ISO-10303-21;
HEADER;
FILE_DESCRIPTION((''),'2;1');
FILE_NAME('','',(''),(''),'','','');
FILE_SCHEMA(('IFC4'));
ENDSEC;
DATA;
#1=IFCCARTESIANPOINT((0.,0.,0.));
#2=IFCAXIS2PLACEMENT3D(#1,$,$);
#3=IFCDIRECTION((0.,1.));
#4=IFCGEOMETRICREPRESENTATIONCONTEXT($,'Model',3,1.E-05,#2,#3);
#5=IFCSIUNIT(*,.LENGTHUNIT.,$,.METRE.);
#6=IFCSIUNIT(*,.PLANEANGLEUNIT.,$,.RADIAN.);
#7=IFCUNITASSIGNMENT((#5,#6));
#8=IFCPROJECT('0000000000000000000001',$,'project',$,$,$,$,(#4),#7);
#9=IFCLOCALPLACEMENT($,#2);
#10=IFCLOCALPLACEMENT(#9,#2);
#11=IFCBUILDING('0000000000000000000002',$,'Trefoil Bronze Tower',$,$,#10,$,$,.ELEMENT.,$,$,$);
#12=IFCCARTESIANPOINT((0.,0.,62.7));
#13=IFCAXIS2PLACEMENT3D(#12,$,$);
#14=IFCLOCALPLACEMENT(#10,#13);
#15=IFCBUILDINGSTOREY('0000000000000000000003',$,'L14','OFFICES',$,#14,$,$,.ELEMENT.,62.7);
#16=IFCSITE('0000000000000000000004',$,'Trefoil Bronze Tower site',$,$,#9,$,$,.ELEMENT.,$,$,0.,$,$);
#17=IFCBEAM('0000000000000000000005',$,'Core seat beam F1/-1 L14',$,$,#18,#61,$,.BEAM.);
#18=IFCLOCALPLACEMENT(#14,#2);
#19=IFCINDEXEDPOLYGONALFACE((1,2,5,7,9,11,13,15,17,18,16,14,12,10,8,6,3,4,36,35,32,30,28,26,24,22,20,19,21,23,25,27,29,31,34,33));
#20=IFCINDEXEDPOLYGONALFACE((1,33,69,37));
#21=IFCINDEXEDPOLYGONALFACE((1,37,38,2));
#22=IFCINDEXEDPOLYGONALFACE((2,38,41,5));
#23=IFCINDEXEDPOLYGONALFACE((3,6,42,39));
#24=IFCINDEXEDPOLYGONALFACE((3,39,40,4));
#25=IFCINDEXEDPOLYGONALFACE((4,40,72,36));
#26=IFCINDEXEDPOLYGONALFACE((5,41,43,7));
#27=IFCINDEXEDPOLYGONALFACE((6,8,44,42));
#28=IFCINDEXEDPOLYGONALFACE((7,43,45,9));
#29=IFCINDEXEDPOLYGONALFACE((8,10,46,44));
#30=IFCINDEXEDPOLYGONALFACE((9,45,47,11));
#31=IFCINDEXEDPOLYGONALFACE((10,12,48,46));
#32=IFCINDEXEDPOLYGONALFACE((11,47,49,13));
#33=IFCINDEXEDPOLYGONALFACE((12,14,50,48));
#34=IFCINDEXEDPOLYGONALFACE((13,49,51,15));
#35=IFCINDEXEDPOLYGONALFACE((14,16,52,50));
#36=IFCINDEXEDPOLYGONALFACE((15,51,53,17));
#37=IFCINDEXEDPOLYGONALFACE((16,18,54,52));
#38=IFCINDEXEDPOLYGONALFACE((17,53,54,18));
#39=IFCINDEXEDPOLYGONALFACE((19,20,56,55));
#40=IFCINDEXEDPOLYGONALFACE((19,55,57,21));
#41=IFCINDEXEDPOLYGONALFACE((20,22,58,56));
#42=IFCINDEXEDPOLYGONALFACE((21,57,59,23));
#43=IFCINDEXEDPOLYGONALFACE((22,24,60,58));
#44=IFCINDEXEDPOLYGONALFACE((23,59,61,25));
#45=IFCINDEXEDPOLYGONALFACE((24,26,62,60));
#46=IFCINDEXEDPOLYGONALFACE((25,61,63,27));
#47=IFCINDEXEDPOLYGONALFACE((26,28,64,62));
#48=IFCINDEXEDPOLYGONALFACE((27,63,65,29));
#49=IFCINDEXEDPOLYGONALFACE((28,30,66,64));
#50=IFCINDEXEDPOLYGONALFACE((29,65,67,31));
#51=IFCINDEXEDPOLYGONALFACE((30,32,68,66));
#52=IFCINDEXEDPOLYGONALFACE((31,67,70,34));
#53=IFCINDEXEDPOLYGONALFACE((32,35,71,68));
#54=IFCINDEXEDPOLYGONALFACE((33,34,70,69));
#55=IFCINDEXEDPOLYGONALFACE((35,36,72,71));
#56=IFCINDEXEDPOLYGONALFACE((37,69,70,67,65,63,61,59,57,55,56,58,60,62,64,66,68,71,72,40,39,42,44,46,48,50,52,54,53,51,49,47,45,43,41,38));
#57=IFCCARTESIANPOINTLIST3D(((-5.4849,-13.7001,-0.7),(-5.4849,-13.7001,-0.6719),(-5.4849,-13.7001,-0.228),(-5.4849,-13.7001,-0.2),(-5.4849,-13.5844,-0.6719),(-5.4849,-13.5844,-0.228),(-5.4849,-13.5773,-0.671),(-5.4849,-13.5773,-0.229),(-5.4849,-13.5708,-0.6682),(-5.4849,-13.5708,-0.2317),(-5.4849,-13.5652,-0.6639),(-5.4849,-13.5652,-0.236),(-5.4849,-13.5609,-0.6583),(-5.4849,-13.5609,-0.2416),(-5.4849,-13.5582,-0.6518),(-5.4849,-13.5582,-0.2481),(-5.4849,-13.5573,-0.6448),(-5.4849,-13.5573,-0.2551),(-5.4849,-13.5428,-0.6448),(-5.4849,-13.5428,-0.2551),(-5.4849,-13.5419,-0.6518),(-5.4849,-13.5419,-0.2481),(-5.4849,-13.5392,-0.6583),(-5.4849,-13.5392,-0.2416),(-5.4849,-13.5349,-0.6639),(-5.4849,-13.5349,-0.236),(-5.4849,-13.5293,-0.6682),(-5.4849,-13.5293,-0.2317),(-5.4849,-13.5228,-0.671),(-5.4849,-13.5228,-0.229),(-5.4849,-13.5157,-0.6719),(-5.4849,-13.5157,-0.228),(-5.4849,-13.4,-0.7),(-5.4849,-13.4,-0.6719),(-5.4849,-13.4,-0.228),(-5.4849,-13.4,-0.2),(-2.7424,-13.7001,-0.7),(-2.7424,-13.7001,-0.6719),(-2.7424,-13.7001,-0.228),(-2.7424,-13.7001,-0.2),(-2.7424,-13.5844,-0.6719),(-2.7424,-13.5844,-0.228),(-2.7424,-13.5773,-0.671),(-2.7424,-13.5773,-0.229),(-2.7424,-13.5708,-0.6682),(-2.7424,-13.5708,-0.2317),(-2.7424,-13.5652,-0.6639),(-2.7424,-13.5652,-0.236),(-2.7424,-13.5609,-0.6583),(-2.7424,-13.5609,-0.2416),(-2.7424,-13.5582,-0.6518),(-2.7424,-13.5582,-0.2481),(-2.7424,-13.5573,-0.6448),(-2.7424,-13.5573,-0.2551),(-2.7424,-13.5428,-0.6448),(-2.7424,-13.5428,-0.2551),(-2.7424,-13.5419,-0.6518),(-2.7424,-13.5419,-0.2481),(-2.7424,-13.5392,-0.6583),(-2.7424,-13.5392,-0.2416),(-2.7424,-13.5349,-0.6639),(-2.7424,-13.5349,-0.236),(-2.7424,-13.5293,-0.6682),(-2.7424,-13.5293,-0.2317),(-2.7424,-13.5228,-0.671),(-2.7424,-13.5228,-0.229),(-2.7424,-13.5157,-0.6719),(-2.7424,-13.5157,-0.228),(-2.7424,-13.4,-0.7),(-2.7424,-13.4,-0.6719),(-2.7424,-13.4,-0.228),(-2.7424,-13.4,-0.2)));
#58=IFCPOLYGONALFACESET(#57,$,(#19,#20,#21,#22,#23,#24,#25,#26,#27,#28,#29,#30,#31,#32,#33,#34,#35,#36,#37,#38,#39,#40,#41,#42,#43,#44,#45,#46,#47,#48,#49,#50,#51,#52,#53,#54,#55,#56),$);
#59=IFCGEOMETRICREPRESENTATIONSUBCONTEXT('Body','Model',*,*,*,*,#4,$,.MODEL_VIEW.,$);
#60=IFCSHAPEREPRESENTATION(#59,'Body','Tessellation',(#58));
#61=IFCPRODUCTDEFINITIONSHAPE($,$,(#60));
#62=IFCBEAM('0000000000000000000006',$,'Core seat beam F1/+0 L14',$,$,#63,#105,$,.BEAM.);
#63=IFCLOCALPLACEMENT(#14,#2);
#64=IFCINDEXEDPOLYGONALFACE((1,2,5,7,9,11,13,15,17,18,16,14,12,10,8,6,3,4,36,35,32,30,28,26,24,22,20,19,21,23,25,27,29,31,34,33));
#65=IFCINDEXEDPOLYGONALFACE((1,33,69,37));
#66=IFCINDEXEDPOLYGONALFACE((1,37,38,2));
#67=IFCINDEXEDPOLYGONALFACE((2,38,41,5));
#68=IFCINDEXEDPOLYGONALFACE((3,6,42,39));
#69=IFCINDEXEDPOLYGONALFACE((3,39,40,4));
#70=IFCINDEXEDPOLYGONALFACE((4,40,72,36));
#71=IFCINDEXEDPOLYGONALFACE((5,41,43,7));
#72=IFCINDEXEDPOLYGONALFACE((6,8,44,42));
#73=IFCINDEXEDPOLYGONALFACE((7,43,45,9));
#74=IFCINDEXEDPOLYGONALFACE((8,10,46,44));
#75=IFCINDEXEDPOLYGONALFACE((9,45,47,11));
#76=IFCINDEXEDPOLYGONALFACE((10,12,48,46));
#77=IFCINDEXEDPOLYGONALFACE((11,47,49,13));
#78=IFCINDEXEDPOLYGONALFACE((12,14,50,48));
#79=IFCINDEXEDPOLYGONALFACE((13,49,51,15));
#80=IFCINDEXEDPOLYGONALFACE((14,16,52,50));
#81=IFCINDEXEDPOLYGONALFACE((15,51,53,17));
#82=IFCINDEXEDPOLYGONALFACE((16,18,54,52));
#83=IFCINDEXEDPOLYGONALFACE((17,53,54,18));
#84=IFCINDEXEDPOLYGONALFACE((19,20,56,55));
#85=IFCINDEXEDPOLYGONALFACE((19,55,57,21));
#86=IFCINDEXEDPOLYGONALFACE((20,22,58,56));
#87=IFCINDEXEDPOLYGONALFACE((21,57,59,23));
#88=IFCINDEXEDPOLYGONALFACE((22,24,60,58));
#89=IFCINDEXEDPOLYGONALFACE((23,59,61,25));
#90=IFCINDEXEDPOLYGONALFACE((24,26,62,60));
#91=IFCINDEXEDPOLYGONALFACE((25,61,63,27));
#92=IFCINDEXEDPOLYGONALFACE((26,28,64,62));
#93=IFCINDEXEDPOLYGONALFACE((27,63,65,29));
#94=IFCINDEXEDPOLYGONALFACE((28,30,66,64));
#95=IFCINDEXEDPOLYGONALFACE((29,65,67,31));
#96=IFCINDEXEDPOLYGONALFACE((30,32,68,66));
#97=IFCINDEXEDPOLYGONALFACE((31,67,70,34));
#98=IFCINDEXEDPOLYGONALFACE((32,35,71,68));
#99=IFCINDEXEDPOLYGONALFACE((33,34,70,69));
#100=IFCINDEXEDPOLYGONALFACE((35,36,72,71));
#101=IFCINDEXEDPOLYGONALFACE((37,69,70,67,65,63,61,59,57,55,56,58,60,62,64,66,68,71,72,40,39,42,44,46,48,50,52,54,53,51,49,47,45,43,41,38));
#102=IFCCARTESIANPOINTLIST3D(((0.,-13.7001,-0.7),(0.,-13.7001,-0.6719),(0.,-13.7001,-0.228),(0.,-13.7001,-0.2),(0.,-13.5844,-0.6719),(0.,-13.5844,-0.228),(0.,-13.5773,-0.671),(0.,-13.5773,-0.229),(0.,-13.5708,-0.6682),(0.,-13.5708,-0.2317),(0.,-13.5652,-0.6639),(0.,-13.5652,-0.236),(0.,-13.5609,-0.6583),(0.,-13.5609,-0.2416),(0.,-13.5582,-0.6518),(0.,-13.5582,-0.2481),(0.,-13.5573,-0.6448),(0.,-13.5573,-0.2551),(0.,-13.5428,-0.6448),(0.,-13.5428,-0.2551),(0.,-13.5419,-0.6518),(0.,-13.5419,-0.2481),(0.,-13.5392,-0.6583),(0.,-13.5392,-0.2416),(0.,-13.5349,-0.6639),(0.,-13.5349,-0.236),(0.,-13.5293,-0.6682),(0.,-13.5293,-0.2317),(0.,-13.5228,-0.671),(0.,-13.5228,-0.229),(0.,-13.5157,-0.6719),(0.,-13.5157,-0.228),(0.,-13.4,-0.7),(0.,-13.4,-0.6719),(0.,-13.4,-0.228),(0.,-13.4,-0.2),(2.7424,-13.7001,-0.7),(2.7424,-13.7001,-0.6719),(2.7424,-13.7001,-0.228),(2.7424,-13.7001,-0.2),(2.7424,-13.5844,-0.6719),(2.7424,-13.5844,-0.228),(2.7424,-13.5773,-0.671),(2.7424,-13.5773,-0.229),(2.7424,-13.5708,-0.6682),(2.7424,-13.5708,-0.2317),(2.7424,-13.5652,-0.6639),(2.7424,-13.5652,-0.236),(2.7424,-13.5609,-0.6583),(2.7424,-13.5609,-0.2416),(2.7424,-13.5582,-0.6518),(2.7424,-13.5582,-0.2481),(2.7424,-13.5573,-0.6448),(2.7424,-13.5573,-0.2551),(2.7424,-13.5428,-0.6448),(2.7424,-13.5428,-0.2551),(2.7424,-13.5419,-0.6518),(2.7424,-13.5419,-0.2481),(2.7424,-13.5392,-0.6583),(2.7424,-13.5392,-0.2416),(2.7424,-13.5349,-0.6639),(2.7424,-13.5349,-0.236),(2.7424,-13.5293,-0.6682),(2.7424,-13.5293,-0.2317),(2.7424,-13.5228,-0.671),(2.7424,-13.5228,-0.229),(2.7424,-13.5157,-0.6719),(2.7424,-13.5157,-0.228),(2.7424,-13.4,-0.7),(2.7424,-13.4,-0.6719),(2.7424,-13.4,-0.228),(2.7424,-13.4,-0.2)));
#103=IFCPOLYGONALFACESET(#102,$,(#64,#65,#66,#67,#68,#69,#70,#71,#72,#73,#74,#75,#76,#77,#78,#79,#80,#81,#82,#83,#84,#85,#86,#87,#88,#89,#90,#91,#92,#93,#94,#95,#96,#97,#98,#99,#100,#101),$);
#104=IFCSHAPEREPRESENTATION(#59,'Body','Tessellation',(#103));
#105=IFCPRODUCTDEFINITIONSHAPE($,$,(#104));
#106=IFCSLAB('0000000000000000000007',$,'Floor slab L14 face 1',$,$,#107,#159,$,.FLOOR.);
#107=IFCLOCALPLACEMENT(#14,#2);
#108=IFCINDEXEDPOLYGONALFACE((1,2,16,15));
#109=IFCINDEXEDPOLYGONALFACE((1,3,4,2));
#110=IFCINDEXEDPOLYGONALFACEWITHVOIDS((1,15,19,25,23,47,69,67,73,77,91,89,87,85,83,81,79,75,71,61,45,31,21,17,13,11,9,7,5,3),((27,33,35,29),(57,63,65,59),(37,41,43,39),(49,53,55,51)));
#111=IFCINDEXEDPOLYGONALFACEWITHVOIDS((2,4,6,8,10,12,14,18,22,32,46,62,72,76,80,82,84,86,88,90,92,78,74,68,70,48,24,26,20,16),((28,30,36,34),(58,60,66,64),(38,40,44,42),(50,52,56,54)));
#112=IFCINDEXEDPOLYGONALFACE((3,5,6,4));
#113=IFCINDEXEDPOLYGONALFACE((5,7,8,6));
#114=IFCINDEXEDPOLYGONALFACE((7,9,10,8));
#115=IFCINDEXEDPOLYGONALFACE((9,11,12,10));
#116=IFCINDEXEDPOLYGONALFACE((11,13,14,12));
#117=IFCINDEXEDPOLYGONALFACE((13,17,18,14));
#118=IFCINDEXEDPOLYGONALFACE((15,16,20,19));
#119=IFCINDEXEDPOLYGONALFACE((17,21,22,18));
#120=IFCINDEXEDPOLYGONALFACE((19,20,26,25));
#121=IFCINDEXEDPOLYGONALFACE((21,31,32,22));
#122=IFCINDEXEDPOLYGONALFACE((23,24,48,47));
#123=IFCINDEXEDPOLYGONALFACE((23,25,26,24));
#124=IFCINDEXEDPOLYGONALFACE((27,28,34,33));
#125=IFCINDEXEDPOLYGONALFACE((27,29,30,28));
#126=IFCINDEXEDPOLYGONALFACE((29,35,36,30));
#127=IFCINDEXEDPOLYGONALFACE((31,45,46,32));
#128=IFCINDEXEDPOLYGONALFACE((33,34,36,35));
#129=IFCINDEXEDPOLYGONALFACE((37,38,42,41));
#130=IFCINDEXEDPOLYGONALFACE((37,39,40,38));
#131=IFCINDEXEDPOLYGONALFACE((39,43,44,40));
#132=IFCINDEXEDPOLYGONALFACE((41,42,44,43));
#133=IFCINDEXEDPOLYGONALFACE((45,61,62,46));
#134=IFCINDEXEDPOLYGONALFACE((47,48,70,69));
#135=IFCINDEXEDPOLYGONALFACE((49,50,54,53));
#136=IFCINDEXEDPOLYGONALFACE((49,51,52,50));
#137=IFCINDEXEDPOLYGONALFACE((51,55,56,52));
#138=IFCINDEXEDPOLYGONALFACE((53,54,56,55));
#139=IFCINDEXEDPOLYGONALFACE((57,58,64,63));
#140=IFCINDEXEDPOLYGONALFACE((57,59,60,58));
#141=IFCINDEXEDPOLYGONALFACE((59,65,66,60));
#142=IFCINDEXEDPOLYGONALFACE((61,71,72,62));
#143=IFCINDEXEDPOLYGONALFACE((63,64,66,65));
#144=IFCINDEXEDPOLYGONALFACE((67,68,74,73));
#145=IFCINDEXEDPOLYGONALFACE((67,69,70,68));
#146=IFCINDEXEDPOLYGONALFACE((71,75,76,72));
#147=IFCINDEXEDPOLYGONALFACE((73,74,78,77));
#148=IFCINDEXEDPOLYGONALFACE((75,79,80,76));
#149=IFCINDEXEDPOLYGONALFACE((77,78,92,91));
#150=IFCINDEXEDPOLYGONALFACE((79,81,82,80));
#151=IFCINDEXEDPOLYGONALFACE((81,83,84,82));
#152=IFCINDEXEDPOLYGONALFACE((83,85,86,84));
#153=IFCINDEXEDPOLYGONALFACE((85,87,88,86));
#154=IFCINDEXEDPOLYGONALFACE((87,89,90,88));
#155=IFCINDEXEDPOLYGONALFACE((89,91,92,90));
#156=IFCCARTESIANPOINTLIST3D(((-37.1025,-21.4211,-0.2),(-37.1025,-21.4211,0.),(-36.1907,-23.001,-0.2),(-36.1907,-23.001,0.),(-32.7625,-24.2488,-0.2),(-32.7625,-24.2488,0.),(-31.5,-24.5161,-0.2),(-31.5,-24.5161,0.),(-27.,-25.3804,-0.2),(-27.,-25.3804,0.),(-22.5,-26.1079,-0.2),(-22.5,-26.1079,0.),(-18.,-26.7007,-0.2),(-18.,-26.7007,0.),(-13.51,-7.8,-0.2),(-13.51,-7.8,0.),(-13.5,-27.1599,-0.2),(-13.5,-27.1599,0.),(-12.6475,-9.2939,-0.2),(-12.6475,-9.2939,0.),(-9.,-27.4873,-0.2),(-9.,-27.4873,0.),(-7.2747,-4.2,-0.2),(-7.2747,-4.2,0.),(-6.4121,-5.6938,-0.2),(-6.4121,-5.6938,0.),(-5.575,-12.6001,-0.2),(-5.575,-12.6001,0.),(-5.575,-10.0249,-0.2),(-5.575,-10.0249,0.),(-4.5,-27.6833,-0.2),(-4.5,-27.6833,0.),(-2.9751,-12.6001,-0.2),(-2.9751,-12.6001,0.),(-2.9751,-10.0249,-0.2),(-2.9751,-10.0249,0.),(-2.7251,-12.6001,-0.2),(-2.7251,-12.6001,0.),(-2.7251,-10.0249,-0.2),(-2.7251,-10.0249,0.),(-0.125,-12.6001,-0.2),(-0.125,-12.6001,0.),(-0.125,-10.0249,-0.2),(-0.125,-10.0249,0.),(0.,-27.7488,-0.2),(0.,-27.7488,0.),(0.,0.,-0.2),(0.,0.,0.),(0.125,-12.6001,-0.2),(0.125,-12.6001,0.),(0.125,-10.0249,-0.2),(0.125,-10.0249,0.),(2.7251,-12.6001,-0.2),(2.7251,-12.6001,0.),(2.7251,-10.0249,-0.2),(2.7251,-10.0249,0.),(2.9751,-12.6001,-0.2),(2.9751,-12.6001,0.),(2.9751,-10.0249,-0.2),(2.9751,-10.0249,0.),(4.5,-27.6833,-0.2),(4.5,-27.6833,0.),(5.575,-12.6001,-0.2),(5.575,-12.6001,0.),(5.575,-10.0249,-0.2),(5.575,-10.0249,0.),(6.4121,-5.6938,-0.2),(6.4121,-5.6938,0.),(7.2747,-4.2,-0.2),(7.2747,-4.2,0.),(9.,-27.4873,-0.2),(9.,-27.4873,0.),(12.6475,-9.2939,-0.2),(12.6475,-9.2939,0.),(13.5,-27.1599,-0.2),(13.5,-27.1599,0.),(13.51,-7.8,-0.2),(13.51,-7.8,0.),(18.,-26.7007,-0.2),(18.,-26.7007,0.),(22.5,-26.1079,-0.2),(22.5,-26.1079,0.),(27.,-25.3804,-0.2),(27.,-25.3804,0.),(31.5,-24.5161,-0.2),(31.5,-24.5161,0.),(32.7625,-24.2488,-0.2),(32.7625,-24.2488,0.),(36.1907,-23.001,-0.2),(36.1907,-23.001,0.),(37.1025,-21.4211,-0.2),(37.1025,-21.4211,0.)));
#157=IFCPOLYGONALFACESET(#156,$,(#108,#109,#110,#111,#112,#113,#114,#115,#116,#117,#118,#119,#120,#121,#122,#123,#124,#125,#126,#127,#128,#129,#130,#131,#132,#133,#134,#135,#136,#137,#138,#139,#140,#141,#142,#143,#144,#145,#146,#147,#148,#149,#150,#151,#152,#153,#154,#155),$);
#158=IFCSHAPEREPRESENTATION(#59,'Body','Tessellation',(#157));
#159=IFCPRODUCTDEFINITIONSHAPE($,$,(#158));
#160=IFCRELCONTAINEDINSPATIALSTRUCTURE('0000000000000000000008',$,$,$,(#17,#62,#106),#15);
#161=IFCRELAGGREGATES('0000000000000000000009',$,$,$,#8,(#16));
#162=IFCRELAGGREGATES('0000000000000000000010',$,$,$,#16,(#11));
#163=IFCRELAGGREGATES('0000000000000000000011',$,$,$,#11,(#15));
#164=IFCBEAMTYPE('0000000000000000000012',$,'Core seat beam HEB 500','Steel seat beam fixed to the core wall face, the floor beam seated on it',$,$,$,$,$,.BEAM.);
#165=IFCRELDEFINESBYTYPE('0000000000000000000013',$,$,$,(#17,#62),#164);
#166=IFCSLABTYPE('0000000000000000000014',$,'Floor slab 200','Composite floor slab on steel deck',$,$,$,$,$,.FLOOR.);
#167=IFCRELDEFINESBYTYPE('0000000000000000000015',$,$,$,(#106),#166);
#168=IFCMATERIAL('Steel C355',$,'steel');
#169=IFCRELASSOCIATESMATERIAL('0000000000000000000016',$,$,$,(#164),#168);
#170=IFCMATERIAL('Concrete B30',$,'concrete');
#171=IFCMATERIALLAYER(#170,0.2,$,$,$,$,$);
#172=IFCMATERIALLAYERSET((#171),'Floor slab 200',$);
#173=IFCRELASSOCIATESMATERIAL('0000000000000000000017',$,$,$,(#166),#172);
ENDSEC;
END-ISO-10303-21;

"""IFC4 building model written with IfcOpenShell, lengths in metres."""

from ifc_helpers import new_model, si_unit, direction, frame, origin, origin_2d, place, context, subcontext, project, spatial, polyline, i_section, outline, extrude, material, layer, layer_set, material_profile, profile_set, type_object, element, save


model = new_model("IFC4")

# Units and contexts
model_context = context("Model", 3, precision=1e-05, world=origin(), true_north=direction((0.0, 1.0)))
body_context = subcontext(model_context, "Body", "Model", "MODEL_VIEW")
ifc_project = project(units=[si_unit("LENGTHUNIT", "METRE"), si_unit("PLANEANGLEUNIT", "RADIAN")], contexts=[model_context])

# Site, building, storey
site_placement = place(None, origin())
site = spatial("IfcSite", under=ifc_project, at=site_placement, Name="Trefoil Bronze Tower site", CompositionType="ELEMENT", RefElevation=0.0)
building_placement = place(site_placement, origin())
building = spatial("IfcBuilding", under=site, at=building_placement, Name="Trefoil Bronze Tower", CompositionType="ELEMENT")
storey_placement = place(building_placement, frame((0.0, 0.0, 62.7)))
storey = spatial("IfcBuildingStorey", under=building, at=storey_placement, Name="L14", Description="OFFICES", CompositionType="ELEMENT", Elevation=62.7)

# Beams
ifc_material_1 = material(Name="Steel C355", Category="steel")
ifc_material_profile = material_profile(ifc_material_1, i_section(OverallWidth=0.3, OverallDepth=0.5, WebThickness=0.0144, FlangeThickness=0.0281, FilletRadius=0.0271, at=origin_2d()), Name="HEB 500")
ifc_profile_set = profile_set([ifc_material_profile], Name="Steel C355")
beam_type = type_object("IfcBeamType", Name="Core seat beam HEB 500", Description="Steel seat beam fixed to the core wall face, the floor beam seated on it", PredefinedType="BEAM", material=ifc_profile_set)
for number, where, z_axis, x_axis, name in (
    (1, (-5.4849, -13.55, -0.45), (1.0, 0.0, 0.0), (0.0, 1.0, 0.0), "Core seat beam F1/-1 L14"),
    (2, (0.0, -13.55, -0.45), (1.0, 0.0, 0.0), (0.0, 1.0, 0.0), "Core seat beam F1/+0 L14"),
):
    element("IfcBeam", number, at=place(storey_placement, frame(where, z_axis=z_axis, x_axis=x_axis)), inside=storey, type_object=beam_type, Name=name, PredefinedType="BEAM", context=body_context, shape_type="SweptSolid", body=[
        extrude(i_section(OverallWidth=0.3, OverallDepth=0.5, WebThickness=0.0144, FlangeThickness=0.0281, FilletRadius=0.0271, at=origin_2d()), origin(), (0.0, 0.0, 1.0), 2.7424),
    ])

# Slab
ifc_material_2 = material(Name="Concrete B30", Category="concrete")
ifc_layer_1 = layer(ifc_material_2, 0.2)
ifc_layer_set_1 = layer_set([ifc_layer_1], Name="Floor slab 200")
slab_type = type_object("IfcSlabType", Name="Floor slab 200", Description="Composite floor slab on steel deck", PredefinedType="FLOOR", material=ifc_layer_set_1)
slab_1_placement = place(storey_placement, frame((0.0, 0.0, -0.2)))
element("IfcSlab", 3, at=slab_1_placement, inside=storey, type_object=slab_type, Name="Floor slab L14 face 1", PredefinedType="FLOOR", context=body_context, shape_type="SweptSolid", body=[
    extrude(outline(polyline([(27.0, -25.3804), (22.5, -26.1079), (18.0, -26.7007), (13.5, -27.1599), (9.0, -27.4873), (4.5, -27.6833), (0.0, -27.7488), (-4.5, -27.6833), (-9.0, -27.4873), (-13.5, -27.1599), (-18.0, -26.7007), (-22.5, -26.1079), (-27.0, -25.3804), (-31.5, -24.5161), (-32.7625, -24.2488), (-36.1907, -23.001), (-37.1025, -21.4211), (-13.51, -7.8), (-12.6475, -9.2939), (-6.4121, -5.6938), (-7.2747, -4.2), (0.0, 0.0), (7.2747, -4.2), (6.4121, -5.6938), (12.6475, -9.2939), (13.51, -7.8), (37.1025, -21.4211), (36.1907, -23.001), (32.7625, -24.2488), (31.5, -24.5161), (27.0, -25.3804)]), holes=[polyline([(-5.575, -10.0249), (-2.9751, -10.0249), (-2.9751, -12.6001), (-5.575, -12.6001), (-5.575, -10.0249)]), polyline([(-2.7251, -10.0249), (-0.125, -10.0249), (-0.125, -12.6001), (-2.7251, -12.6001), (-2.7251, -10.0249)]), polyline([(0.125, -10.0249), (2.7251, -10.0249), (2.7251, -12.6001), (0.125, -12.6001), (0.125, -10.0249)]), polyline([(2.9751, -10.0249), (5.575, -10.0249), (5.575, -12.6001), (2.9751, -12.6001), (2.9751, -10.0249)])]), origin(), (0.0, 0.0, 1.0), 0.2),
])

save(model, "model.ifc")
